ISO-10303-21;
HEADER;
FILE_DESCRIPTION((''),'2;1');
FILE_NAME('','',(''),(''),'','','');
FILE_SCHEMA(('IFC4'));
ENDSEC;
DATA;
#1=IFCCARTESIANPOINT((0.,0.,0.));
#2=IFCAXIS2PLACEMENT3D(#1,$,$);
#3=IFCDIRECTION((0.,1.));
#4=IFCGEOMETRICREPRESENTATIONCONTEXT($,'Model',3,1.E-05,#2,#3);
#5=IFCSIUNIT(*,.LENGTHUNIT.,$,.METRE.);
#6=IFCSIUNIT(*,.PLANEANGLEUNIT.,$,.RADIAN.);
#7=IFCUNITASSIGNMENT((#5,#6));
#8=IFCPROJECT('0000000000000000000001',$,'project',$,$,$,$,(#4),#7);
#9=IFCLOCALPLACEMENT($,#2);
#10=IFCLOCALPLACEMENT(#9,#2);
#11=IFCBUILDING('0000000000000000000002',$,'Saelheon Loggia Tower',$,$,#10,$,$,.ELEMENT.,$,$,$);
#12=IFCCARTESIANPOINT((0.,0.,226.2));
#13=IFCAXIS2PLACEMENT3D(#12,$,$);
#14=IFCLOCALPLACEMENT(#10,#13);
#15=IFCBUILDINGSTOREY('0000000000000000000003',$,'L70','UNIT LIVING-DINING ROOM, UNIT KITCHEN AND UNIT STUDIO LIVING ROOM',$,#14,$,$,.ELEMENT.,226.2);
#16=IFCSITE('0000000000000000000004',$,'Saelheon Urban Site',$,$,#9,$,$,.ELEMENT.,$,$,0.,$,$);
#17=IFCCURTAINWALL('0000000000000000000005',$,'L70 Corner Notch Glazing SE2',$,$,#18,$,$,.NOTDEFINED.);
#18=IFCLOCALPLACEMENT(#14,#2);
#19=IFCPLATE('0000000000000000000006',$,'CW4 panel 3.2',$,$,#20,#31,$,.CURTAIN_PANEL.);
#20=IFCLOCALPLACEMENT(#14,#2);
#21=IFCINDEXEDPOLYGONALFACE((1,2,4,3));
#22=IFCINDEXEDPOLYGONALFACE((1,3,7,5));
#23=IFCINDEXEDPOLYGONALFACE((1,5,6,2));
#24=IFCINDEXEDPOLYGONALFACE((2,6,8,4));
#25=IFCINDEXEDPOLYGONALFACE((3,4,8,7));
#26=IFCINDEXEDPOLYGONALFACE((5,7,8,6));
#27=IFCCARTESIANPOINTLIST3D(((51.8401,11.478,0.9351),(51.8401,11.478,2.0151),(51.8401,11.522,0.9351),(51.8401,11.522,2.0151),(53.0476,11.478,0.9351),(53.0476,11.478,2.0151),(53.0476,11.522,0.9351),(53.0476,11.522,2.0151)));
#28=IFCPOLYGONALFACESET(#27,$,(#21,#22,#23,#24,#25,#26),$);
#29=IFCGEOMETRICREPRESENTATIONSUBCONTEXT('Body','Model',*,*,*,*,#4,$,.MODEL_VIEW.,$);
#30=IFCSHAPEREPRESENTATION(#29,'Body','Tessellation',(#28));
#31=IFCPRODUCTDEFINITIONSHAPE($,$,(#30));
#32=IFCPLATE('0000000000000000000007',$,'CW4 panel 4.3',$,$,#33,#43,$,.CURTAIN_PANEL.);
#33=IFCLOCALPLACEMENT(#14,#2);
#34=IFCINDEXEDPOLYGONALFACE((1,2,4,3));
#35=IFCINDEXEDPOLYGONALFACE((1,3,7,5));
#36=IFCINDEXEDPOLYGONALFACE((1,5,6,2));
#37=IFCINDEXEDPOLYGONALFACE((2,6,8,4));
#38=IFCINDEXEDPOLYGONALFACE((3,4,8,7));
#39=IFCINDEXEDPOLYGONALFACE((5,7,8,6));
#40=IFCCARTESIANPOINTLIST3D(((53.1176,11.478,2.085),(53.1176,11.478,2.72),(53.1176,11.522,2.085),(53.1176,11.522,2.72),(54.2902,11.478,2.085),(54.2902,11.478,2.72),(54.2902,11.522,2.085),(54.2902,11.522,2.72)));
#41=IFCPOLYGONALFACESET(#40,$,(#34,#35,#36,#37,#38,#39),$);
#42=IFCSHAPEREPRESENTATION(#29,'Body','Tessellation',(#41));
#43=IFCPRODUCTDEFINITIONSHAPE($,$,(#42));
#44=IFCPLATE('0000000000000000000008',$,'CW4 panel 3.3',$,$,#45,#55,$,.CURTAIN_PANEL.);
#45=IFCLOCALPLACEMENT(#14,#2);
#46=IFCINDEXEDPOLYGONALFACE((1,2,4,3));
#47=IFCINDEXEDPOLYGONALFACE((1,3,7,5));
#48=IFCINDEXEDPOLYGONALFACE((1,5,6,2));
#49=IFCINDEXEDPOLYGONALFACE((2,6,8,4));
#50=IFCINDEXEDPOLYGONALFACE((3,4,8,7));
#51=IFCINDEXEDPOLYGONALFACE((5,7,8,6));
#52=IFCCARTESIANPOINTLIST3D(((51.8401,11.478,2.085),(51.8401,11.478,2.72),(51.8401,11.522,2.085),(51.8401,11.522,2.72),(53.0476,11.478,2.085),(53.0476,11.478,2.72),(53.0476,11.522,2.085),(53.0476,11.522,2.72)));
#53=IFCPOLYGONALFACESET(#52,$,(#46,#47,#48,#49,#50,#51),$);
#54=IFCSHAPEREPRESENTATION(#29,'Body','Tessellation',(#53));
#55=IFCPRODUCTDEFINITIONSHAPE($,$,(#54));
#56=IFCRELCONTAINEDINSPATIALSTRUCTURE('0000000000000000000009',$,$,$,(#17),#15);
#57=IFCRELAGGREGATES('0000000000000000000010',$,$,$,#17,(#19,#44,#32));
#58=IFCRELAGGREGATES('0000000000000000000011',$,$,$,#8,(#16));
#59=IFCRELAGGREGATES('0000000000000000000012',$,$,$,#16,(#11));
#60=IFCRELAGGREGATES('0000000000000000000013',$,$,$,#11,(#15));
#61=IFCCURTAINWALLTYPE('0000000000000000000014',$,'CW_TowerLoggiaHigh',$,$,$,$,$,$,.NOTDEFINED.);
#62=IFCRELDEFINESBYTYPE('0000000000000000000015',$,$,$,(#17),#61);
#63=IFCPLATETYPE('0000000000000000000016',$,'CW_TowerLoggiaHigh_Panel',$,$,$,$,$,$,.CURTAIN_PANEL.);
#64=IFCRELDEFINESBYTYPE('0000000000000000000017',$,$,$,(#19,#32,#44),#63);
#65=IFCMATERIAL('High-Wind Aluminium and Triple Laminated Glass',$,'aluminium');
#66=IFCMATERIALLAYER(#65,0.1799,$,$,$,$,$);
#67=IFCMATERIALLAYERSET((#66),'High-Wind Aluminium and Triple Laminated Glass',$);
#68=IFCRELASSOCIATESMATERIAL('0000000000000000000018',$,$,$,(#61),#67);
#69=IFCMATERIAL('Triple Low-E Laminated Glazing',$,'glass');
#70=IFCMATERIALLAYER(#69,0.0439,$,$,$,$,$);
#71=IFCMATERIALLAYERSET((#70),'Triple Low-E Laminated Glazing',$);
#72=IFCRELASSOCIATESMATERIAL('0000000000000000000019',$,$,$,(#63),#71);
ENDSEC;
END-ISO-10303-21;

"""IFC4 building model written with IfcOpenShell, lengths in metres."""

from ifc_helpers import new_model, si_unit, direction, frame, origin, origin_2d, place, context, subcontext, project, spatial, rectangle, extrude, source, transform, mapped, material, layer, layer_set, type_object, element, aggregate, save


model = new_model("IFC4")

# Units and contexts
model_context = context("Model", 3, precision=1e-05, world=origin(), true_north=direction((0.0, 1.0)))
body_context = subcontext(model_context, "Body", "Model", "MODEL_VIEW")
ifc_project = project(units=[si_unit("LENGTHUNIT", "METRE"), si_unit("PLANEANGLEUNIT", "RADIAN")], contexts=[model_context])

# Site, building, storey
site_placement = place(None, origin())
site = spatial("IfcSite", under=ifc_project, at=site_placement, Name="Saelheon Urban Site", CompositionType="ELEMENT", RefElevation=0.0)
building_placement = place(site_placement, origin())
building = spatial("IfcBuilding", under=site, at=building_placement, Name="Saelheon Loggia Tower", CompositionType="ELEMENT")
storey_placement = place(building_placement, frame((0.0, 0.0, 226.2)))
storey = spatial("IfcBuildingStorey", under=building, at=storey_placement, Name="L70", Description="UNIT LIVING-DINING ROOM, UNIT KITCHEN AND UNIT STUDIO LIVING ROOM", CompositionType="ELEMENT", Elevation=226.2)

# Curtain wall, plates
ifc_material_1 = material(Name="High-Wind Aluminium and Triple Laminated Glass", Category="aluminium")
ifc_layer_1 = layer(ifc_material_1, 0.1799)
ifc_layer_set_1 = layer_set([ifc_layer_1], Name="High-Wind Aluminium and Triple Laminated Glass")
curtain_wall_type = type_object("IfcCurtainWallType", Name="CW_TowerLoggiaHigh", PredefinedType="NOTDEFINED", material=ifc_layer_set_1)
curtain_wall_placement = place(storey_placement, origin())
curtain_wall = element("IfcCurtainWall", 1, at=curtain_wall_placement, inside=storey, type_object=curtain_wall_type, Name="L70 Corner Notch Glazing SE2", PredefinedType="NOTDEFINED")
ifc_material_2 = material(Name="Triple Low-E Laminated Glazing", Category="glass")
ifc_layer_2 = layer(ifc_material_2, 0.0439)
ifc_layer_set_2 = layer_set([ifc_layer_2], Name="Triple Low-E Laminated Glazing")
plate_type = type_object("IfcPlateType", Name="CW_TowerLoggiaHigh_Panel", PredefinedType="CURTAIN_PANEL", material=ifc_layer_set_2)
shared_shape_1 = source(origin(), body_context, "Body", "SweptSolid", [
    extrude(rectangle(XDim=1.2075, YDim=0.0439, at=origin_2d()), origin(), (0.0, 0.0, 1.0), 1.0801),
])
plate_1_placement = place(storey_placement, frame((52.4438, 11.5, 0.9351), z_axis=(0.0, 0.0, 1.0), x_axis=(1.0, 0.0, 0.0)))
plate_1 = element("IfcPlate", 2, at=plate_1_placement, type_object=plate_type, Name="CW4 panel 3.2", PredefinedType="CURTAIN_PANEL", context=body_context, shape_type="MappedRepresentation", body=[
    mapped(shared_shape_1, transform((0.0, 0.0, 0.0), scale=1.0)),
])
shared_shape_2 = source(origin(), body_context, "Body", "SweptSolid", [
    extrude(rectangle(XDim=1.1726, YDim=0.0439, at=origin_2d()), origin(), (0.0, 0.0, 1.0), 0.635),
])
plate_2_placement = place(storey_placement, frame((53.7039, 11.5, 2.085), z_axis=(0.0, 0.0, 1.0), x_axis=(1.0, 0.0, 0.0)))
plate_2 = element("IfcPlate", 3, at=plate_2_placement, type_object=plate_type, Name="CW4 panel 4.3", PredefinedType="CURTAIN_PANEL", context=body_context, shape_type="MappedRepresentation", body=[
    mapped(shared_shape_2, transform((0.0, 0.0, 0.0), scale=1.0)),
])
shared_shape_3 = source(origin(), body_context, "Body", "SweptSolid", [
    extrude(rectangle(XDim=1.2075, YDim=0.0439, at=origin_2d()), origin(), (0.0, 0.0, 1.0), 0.635),
])
plate_3_placement = place(storey_placement, frame((52.4438, 11.5, 2.085), z_axis=(0.0, 0.0, 1.0), x_axis=(1.0, 0.0, 0.0)))
plate_3 = element("IfcPlate", 4, at=plate_3_placement, type_object=plate_type, Name="CW4 panel 3.3", PredefinedType="CURTAIN_PANEL", context=body_context, shape_type="MappedRepresentation", body=[
    mapped(shared_shape_3, transform((0.0, 0.0, 0.0), scale=1.0)),
])
aggregate(curtain_wall, [plate_1, plate_3, plate_2])

save(model, "model.ifc")
